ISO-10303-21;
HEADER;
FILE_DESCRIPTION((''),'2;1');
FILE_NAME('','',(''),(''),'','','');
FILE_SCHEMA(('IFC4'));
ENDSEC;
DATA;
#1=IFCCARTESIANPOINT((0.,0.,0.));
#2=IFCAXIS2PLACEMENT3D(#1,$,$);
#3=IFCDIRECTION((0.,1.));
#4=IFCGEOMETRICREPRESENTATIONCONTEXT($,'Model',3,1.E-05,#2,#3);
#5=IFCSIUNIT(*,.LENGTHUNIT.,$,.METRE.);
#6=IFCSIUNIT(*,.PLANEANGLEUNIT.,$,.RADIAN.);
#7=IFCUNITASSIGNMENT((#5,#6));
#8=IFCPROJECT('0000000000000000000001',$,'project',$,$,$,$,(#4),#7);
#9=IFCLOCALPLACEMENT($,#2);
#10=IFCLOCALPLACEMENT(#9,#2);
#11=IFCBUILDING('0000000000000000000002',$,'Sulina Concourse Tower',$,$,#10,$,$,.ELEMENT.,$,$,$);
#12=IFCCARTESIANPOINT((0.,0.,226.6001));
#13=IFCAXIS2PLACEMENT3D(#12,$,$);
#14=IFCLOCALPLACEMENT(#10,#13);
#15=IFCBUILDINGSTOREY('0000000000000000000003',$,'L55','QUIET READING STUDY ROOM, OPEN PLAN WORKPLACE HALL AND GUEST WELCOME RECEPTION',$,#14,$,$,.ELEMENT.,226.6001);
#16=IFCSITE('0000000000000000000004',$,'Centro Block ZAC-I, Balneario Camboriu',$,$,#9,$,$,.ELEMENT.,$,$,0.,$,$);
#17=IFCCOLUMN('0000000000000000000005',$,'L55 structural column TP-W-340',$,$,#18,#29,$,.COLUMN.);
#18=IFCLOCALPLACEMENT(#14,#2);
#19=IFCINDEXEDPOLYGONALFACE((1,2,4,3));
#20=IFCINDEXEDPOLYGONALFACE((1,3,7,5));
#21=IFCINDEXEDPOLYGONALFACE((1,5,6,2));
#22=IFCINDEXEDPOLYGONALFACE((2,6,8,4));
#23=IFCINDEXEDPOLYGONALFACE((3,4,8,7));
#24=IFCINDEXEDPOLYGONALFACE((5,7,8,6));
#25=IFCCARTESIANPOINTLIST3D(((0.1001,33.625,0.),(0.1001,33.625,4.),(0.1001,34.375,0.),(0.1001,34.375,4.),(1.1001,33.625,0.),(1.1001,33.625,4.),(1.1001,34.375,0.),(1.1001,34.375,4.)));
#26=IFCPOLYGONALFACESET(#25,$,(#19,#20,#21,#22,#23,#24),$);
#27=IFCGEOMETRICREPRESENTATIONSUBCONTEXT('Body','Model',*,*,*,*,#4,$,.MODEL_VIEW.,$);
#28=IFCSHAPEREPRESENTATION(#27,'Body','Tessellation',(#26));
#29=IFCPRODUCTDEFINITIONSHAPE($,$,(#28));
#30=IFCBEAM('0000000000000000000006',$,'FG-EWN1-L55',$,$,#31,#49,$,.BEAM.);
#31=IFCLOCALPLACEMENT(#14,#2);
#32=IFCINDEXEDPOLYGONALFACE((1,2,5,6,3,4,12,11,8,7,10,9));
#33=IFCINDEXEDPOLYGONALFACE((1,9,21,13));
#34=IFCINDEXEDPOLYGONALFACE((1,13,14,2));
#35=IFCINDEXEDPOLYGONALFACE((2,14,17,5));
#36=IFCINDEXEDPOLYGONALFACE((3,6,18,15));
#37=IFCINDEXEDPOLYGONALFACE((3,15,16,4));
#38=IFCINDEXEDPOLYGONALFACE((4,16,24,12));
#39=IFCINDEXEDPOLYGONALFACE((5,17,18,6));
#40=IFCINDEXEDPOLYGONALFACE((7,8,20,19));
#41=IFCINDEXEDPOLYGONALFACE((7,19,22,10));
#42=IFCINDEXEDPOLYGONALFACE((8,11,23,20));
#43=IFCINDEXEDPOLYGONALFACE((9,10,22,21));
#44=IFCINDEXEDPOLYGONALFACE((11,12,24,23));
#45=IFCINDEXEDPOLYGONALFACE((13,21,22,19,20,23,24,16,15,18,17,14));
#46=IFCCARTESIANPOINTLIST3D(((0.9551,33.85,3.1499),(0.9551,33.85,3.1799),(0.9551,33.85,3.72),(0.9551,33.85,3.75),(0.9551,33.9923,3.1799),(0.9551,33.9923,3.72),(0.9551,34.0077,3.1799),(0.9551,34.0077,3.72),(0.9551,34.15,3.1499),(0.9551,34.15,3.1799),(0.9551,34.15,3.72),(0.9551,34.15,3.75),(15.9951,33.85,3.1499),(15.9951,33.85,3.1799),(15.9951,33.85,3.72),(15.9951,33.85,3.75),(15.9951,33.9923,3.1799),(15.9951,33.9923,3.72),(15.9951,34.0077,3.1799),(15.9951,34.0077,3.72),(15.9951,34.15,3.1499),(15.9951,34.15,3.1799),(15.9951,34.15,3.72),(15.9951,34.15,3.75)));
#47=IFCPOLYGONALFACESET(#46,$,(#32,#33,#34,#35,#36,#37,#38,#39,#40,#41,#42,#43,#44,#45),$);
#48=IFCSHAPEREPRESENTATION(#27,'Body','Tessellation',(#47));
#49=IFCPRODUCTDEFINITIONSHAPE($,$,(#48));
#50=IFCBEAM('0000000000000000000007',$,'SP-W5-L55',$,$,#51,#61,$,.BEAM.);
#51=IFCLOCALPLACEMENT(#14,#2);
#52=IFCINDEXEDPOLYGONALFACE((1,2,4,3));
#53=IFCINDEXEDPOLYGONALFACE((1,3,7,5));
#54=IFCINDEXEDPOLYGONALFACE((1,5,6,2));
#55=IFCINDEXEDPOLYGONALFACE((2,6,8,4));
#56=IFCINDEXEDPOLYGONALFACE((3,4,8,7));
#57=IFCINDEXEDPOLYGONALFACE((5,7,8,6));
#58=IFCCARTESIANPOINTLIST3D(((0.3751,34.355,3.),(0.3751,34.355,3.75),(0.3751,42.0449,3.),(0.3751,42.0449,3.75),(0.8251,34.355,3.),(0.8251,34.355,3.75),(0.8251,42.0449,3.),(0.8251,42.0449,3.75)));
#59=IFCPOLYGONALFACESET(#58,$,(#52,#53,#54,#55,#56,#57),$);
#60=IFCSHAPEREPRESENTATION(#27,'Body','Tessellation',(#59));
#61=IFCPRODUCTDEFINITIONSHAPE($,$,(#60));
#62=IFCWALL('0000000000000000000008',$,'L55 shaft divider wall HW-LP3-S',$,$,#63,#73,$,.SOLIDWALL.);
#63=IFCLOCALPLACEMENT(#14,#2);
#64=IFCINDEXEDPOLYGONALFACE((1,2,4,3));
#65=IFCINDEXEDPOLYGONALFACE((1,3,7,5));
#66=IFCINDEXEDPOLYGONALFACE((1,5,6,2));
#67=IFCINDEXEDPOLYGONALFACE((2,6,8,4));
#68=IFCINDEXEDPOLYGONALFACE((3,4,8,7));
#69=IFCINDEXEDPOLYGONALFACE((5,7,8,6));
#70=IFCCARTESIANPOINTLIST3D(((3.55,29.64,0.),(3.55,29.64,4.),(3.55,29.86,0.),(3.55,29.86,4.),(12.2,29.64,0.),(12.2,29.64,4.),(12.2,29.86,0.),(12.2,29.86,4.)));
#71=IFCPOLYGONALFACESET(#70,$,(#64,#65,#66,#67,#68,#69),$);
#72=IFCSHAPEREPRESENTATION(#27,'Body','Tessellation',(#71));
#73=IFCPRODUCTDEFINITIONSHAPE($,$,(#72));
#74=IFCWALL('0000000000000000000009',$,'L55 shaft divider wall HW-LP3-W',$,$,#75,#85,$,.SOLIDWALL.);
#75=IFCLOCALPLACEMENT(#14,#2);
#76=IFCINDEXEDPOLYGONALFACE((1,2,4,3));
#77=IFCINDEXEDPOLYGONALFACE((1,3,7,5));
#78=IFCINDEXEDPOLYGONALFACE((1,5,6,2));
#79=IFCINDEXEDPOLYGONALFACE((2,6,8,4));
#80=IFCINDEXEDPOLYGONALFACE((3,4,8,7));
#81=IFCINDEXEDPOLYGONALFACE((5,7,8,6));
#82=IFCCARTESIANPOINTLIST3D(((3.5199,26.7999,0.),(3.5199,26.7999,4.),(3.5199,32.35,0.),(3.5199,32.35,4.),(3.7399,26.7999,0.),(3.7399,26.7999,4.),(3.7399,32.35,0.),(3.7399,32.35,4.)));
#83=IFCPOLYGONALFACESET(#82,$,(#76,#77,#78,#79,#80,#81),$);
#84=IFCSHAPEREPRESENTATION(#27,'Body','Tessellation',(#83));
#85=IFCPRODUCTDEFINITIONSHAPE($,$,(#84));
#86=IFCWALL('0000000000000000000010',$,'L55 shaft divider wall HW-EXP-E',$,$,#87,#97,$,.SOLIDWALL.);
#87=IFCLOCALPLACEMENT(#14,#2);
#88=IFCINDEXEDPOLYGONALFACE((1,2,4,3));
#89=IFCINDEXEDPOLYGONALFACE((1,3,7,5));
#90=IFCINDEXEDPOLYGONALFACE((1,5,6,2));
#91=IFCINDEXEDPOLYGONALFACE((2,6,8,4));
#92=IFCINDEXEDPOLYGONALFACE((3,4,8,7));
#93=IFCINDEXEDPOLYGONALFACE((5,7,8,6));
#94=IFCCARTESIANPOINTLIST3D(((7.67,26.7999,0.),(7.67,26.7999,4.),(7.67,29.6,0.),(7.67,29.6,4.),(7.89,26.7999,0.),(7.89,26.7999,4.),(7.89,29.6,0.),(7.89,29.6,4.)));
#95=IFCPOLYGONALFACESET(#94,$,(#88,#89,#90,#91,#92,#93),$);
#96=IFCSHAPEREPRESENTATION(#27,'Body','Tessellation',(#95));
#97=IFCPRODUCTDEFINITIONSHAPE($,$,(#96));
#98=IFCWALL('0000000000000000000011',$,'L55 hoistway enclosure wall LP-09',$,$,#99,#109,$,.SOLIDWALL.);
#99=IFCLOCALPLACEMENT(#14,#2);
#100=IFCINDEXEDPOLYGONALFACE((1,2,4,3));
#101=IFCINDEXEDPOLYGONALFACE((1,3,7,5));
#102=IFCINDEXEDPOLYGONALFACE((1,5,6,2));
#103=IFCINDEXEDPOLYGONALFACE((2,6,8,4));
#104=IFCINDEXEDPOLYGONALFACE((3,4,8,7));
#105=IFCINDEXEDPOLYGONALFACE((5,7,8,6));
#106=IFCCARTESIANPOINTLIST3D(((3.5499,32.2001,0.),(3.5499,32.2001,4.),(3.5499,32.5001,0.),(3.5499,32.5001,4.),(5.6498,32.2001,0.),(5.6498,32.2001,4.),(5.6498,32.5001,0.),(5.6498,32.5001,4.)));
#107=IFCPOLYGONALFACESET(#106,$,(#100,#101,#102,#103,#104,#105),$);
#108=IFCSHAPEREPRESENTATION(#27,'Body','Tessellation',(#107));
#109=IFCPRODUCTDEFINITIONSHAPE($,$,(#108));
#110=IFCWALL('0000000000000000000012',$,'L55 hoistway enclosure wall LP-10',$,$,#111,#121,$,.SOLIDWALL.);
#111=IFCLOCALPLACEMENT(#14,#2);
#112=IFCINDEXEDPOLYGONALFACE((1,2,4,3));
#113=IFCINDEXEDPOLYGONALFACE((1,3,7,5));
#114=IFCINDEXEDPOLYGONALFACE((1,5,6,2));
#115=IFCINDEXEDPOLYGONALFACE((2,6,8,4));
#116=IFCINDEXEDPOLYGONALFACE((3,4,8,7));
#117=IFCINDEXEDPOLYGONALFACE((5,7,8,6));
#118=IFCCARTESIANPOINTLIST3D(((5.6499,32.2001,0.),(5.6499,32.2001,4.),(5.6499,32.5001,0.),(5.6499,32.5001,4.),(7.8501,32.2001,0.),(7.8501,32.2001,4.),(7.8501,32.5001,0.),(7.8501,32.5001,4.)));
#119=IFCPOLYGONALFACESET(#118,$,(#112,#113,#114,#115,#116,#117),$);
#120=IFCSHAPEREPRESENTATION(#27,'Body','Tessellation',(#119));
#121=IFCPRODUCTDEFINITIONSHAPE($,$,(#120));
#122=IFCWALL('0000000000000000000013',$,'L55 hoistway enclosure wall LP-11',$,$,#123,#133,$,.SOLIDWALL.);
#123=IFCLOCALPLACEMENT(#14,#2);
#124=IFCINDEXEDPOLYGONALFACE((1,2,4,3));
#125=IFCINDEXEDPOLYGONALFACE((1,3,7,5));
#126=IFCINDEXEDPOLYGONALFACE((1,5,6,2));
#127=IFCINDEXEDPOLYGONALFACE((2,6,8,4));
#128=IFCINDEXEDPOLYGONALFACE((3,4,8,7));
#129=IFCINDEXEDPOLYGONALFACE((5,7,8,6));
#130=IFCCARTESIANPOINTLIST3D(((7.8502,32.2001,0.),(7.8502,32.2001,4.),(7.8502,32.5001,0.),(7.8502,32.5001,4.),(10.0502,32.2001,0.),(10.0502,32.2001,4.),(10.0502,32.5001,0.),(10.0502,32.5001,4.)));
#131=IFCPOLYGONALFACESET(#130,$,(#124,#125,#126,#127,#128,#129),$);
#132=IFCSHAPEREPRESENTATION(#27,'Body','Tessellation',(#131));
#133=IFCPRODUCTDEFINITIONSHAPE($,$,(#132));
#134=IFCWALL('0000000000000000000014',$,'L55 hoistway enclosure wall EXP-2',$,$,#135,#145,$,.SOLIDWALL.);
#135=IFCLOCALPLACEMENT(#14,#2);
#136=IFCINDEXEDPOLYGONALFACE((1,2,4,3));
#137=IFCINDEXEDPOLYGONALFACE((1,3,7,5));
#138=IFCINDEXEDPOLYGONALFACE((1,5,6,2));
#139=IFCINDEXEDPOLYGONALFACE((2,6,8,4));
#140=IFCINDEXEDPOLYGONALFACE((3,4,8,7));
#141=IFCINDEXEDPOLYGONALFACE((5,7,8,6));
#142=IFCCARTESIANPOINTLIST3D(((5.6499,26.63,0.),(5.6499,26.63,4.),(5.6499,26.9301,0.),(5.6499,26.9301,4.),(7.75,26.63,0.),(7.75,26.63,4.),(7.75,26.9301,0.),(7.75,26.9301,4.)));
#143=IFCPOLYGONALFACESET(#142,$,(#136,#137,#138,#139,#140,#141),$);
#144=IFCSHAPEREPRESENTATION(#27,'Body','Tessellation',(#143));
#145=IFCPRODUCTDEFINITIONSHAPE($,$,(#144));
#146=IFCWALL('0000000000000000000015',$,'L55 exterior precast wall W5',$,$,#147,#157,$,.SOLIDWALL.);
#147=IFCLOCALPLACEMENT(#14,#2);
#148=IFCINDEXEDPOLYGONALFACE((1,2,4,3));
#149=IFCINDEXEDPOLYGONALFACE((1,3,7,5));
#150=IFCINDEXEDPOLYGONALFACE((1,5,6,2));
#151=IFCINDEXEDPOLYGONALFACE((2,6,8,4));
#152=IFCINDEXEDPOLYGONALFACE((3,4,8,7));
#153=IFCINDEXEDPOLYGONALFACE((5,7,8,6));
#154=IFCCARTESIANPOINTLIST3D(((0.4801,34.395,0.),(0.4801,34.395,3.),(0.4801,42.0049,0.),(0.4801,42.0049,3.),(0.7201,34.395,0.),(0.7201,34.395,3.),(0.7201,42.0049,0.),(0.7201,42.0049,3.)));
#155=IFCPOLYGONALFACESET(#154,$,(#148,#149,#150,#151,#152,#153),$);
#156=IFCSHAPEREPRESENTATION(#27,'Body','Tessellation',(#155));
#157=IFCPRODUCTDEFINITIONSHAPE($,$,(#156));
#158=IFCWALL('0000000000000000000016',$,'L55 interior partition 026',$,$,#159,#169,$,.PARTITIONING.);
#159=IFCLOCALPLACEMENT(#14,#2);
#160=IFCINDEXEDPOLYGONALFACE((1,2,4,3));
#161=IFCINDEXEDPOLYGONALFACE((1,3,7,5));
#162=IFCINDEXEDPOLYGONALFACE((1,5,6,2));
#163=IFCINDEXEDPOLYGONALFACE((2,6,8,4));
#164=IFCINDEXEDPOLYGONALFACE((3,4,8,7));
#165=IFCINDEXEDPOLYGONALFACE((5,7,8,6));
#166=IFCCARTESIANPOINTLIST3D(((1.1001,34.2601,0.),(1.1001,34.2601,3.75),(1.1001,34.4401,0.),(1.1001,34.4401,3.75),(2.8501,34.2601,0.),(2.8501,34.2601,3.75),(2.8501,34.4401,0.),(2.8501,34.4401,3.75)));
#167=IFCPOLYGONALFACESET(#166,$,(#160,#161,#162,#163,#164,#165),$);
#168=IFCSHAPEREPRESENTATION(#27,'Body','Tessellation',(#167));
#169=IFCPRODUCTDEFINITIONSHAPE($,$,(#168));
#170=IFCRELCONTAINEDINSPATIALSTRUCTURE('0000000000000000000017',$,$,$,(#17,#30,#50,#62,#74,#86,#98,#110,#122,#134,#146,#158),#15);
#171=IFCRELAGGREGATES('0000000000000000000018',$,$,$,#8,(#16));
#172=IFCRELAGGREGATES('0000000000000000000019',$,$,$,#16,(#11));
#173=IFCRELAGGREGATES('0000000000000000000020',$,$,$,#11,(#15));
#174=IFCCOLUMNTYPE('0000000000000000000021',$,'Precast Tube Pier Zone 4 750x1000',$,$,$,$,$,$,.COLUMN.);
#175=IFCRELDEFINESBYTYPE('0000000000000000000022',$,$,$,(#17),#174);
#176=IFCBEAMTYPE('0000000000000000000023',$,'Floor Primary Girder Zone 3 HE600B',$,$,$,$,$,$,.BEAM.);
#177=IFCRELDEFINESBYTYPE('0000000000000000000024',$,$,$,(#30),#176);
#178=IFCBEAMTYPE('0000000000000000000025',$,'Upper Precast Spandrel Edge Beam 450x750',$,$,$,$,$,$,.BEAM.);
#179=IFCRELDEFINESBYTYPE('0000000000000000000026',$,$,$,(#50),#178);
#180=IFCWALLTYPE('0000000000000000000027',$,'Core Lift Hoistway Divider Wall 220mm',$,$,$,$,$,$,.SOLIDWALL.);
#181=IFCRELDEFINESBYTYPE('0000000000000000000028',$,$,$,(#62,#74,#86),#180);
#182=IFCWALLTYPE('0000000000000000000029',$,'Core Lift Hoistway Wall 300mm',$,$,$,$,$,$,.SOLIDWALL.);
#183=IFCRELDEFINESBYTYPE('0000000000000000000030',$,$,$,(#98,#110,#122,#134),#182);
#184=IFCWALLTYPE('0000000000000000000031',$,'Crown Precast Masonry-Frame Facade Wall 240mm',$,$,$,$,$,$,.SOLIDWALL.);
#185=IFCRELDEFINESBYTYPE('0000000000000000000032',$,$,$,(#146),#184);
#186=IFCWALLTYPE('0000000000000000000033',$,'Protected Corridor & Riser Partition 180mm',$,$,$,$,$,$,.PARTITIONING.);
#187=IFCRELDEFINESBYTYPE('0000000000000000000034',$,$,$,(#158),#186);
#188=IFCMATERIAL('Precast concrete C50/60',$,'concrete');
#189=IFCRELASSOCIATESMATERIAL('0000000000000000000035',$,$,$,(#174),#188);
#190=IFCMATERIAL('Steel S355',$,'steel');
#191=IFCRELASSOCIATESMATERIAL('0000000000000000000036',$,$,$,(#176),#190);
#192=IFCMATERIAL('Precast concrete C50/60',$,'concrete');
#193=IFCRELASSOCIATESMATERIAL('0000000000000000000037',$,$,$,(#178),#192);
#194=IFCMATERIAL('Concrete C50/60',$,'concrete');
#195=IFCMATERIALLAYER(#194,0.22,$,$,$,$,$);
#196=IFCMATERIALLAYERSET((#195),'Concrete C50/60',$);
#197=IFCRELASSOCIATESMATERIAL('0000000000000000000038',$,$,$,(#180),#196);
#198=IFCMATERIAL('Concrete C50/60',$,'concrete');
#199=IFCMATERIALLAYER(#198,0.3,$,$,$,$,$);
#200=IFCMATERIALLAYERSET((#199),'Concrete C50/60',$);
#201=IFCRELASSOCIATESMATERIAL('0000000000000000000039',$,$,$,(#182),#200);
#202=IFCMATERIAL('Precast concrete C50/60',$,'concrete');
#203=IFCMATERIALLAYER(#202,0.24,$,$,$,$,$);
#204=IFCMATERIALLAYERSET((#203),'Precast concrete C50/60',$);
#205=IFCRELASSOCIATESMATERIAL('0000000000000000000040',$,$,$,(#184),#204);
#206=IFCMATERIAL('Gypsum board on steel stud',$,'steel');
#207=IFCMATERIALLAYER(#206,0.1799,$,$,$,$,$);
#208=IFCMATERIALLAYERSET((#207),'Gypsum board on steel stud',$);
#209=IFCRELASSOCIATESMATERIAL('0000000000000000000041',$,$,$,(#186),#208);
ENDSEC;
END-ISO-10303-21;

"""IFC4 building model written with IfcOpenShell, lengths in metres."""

from ifc_helpers import new_model, si_unit, direction, frame, frame_2d, origin, origin_2d, place, context, subcontext, project, spatial, rectangle, i_section, extrude, material, layer, layer_set, material_profile, profile_set, type_object, element, save


model = new_model("IFC4")

# Units and contexts
model_context = context("Model", 3, precision=1e-05, world=origin(), true_north=direction((0.0, 1.0)))
body_context = subcontext(model_context, "Body", "Model", "MODEL_VIEW")
ifc_project = project(units=[si_unit("LENGTHUNIT", "METRE"), si_unit("PLANEANGLEUNIT", "RADIAN")], contexts=[model_context])

# Site, building, storey
site_placement = place(None, origin())
site = spatial("IfcSite", under=ifc_project, at=site_placement, Name="Centro Block ZAC-I, Balneario Camboriu", CompositionType="ELEMENT", RefElevation=0.0)
building_placement = place(site_placement, origin())
building = spatial("IfcBuilding", under=site, at=building_placement, Name="Sulina Concourse Tower", CompositionType="ELEMENT")
storey_placement = place(building_placement, frame((0.0, 0.0, 226.6001)))
storey = spatial("IfcBuildingStorey", under=building, at=storey_placement, Name="L55", Description="QUIET READING STUDY ROOM, OPEN PLAN WORKPLACE HALL AND GUEST WELCOME RECEPTION", CompositionType="ELEMENT", Elevation=226.6001)

# Column
ifc_material_1 = material(Name="Precast concrete C50/60", Category="concrete")
ifc_material_profile_1 = material_profile(ifc_material_1, rectangle(XDim=0.75, YDim=1.0, at=origin_2d()), Name="PC 750x1000")
ifc_profile_set_1 = profile_set([ifc_material_profile_1], Name="Precast concrete C50/60")
column_type = type_object("IfcColumnType", Name="Precast Tube Pier Zone 4 750x1000", PredefinedType="COLUMN", material=ifc_profile_set_1)
column_placement = place(storey_placement, frame((0.6001, 34.0, 0.0), z_axis=(0.0, 0.0, 1.0), x_axis=(0.0, 1.0, 0.0)))
element("IfcColumn", 1, at=column_placement, inside=storey, type_object=column_type, Name="L55 structural column TP-W-340", PredefinedType="COLUMN", context=body_context, shape_type="SweptSolid", body=[
    extrude(rectangle(XDim=0.75, YDim=1.0, at=origin_2d()), origin(), (0.0, 0.0, 1.0), 4.0),
])

# Beams
ifc_material_2 = material(Name="Steel S355", Category="steel")
ifc_material_profile_2 = material_profile(ifc_material_2, i_section(OverallWidth=0.3, OverallDepth=0.6001, WebThickness=0.0154, FlangeThickness=0.03, at=origin_2d()), Name="HE 600 B")
ifc_profile_set_2 = profile_set([ifc_material_profile_2], Name="Steel S355")
beam_type_1 = type_object("IfcBeamType", Name="Floor Primary Girder Zone 3 HE600B", PredefinedType="BEAM", material=ifc_profile_set_2)
beam_1_placement = place(storey_placement, frame((0.9551, 34.0, 3.45), z_axis=(1.0, 0.0, 0.0), x_axis=(0.0, 1.0, 0.0)))
element("IfcBeam", 2, at=beam_1_placement, inside=storey, type_object=beam_type_1, Name="FG-EWN1-L55", PredefinedType="BEAM", context=body_context, shape_type="SweptSolid", body=[
    extrude(i_section(OverallWidth=0.3, OverallDepth=0.6001, WebThickness=0.0154, FlangeThickness=0.03, at=origin_2d()), origin(), (0.0, 0.0, 1.0), 15.04),
])
ifc_material_3 = material(Name="Precast concrete C50/60", Category="concrete")
ifc_material_profile_3 = material_profile(ifc_material_3, rectangle(XDim=0.45, YDim=0.75, at=origin_2d()), Name="RC 450x750")
ifc_profile_set_3 = profile_set([ifc_material_profile_3], Name="Precast concrete C50/60")
beam_type_2 = type_object("IfcBeamType", Name="Upper Precast Spandrel Edge Beam 450x750", PredefinedType="BEAM", material=ifc_profile_set_3)
beam_2_placement = place(storey_placement, frame((0.6001, 34.355, 3.375), z_axis=(0.0, 1.0, 0.0), x_axis=(-1.0, 0.0, 0.0)))
element("IfcBeam", 3, at=beam_2_placement, inside=storey, type_object=beam_type_2, Name="SP-W5-L55", PredefinedType="BEAM", context=body_context, shape_type="SweptSolid", body=[
    extrude(rectangle(XDim=0.45, YDim=0.75, at=origin_2d()), origin(), (0.0, 0.0, 1.0), 7.6899),
])

# Walls
ifc_material_4 = material(Name="Concrete C50/60", Category="concrete")
ifc_layer_1 = layer(ifc_material_4, 0.22)
ifc_layer_set_1 = layer_set([ifc_layer_1], Name="Concrete C50/60")
wall_type_1 = type_object("IfcWallType", Name="Core Lift Hoistway Divider Wall 220mm", PredefinedType="SOLIDWALL", material=ifc_layer_set_1)
wall_1_placement = place(storey_placement, frame((3.55, 29.75, 0.0), z_axis=(0.0, 0.0, 1.0), x_axis=(1.0, 0.0, 0.0)))
element("IfcWall", 4, at=wall_1_placement, inside=storey, type_object=wall_type_1, Name="L55 shaft divider wall HW-LP3-S", PredefinedType="SOLIDWALL", context=body_context, shape_type="SweptSolid", body=[
    extrude(rectangle(XDim=8.6499, YDim=0.22, at=frame_2d((4.325, 0.0))), origin(), (0.0, 0.0, 1.0), 4.0),
])
wall_2_placement = place(storey_placement, frame((3.6299, 26.8, 0.0), z_axis=(0.0, 0.0, 1.0), x_axis=(0.0, 1.0, 0.0)))
element("IfcWall", 5, at=wall_2_placement, inside=storey, type_object=wall_type_1, Name="L55 shaft divider wall HW-LP3-W", PredefinedType="SOLIDWALL", context=body_context, shape_type="SweptSolid", body=[
    extrude(rectangle(XDim=5.55, YDim=0.22, at=frame_2d((2.7749, 0.0))), origin(), (0.0, 0.0, 1.0), 4.0),
])
wall_3_placement = place(storey_placement, frame((7.78, 26.8, 0.0), z_axis=(0.0, 0.0, 1.0), x_axis=(0.0, 1.0, 0.0)))
element("IfcWall", 6, at=wall_3_placement, inside=storey, type_object=wall_type_1, Name="L55 shaft divider wall HW-EXP-E", PredefinedType="SOLIDWALL", context=body_context, shape_type="SweptSolid", body=[
    extrude(rectangle(XDim=2.8, YDim=0.22, at=frame_2d((1.3999, 0.0))), origin(), (0.0, 0.0, 1.0), 4.0),
])
ifc_material_5 = material(Name="Concrete C50/60", Category="concrete")
ifc_layer_2 = layer(ifc_material_5, 0.3)
ifc_layer_set_2 = layer_set([ifc_layer_2], Name="Concrete C50/60")
wall_type_2 = type_object("IfcWallType", Name="Core Lift Hoistway Wall 300mm", PredefinedType="SOLIDWALL", material=ifc_layer_set_2)
wall_4_placement = place(storey_placement, frame((3.55, 32.3501, 0.0), z_axis=(0.0, 0.0, 1.0), x_axis=(1.0, 0.0, 0.0)))
element("IfcWall", 7, at=wall_4_placement, inside=storey, type_object=wall_type_2, Name="L55 hoistway enclosure wall LP-09", PredefinedType="SOLIDWALL", context=body_context, shape_type="SweptSolid", body=[
    extrude(rectangle(XDim=2.0999, YDim=0.3, at=frame_2d((1.0498, 0.0))), origin(), (0.0, 0.0, 1.0), 4.0),
])
wall_5_placement = place(storey_placement, frame((5.6499, 32.3501, 0.0), z_axis=(0.0, 0.0, 1.0), x_axis=(1.0, 0.0, 0.0)))
element("IfcWall", 8, at=wall_5_placement, inside=storey, type_object=wall_type_2, Name="L55 hoistway enclosure wall LP-10", PredefinedType="SOLIDWALL", context=body_context, shape_type="SweptSolid", body=[
    extrude(rectangle(XDim=2.2002, YDim=0.3, at=frame_2d((1.1001, 0.0))), origin(), (0.0, 0.0, 1.0), 4.0),
])
wall_6_placement = place(storey_placement, frame((7.8501, 32.3501, 0.0), z_axis=(0.0, 0.0, 1.0), x_axis=(1.0, 0.0, 0.0)))
element("IfcWall", 9, at=wall_6_placement, inside=storey, type_object=wall_type_2, Name="L55 hoistway enclosure wall LP-11", PredefinedType="SOLIDWALL", context=body_context, shape_type="SweptSolid", body=[
    extrude(rectangle(XDim=2.2, YDim=0.3, at=frame_2d((1.1001, 0.0))), origin(), (0.0, 0.0, 1.0), 4.0),
])
wall_7_placement = place(storey_placement, frame((7.75, 26.78, 0.0), z_axis=(0.0, 0.0, 1.0), x_axis=(-1.0, 0.0, 0.0)))
element("IfcWall", 10, at=wall_7_placement, inside=storey, type_object=wall_type_2, Name="L55 hoistway enclosure wall EXP-2", PredefinedType="SOLIDWALL", context=body_context, shape_type="SweptSolid", body=[
    extrude(rectangle(XDim=2.1001, YDim=0.3, at=frame_2d((1.05, 0.0))), origin(), (0.0, 0.0, 1.0), 4.0),
])
ifc_material_6 = material(Name="Precast concrete C50/60", Category="concrete")
ifc_layer_3 = layer(ifc_material_6, 0.24)
ifc_layer_set_3 = layer_set([ifc_layer_3], Name="Precast concrete C50/60")
wall_type_3 = type_object("IfcWallType", Name="Crown Precast Masonry-Frame Facade Wall 240mm", PredefinedType="SOLIDWALL", material=ifc_layer_set_3)
wall_8_placement = place(storey_placement, frame((0.6001, 34.395, 0.0), z_axis=(0.0, 0.0, 1.0), x_axis=(0.0, 1.0, 0.0)))
element("IfcWall", 11, at=wall_8_placement, inside=storey, type_object=wall_type_3, Name="L55 exterior precast wall W5", PredefinedType="SOLIDWALL", context=body_context, shape_type="SweptSolid", body=[
    extrude(rectangle(XDim=7.6099, YDim=0.24, at=frame_2d((3.8049, 0.0))), origin(), (0.0, 0.0, 1.0), 3.0),
])
ifc_material_7 = material(Name="Gypsum board on steel stud", Category="steel")
ifc_layer_4 = layer(ifc_material_7, 0.1799)
ifc_layer_set_4 = layer_set([ifc_layer_4], Name="Gypsum board on steel stud")
wall_type_4 = type_object("IfcWallType", Name="Protected Corridor & Riser Partition 180mm", PredefinedType="PARTITIONING", material=ifc_layer_set_4)
wall_9_placement = place(storey_placement, frame((1.1001, 34.3501, 0.0), z_axis=(0.0, 0.0, 1.0), x_axis=(1.0, 0.0, 0.0)))
element("IfcWall", 12, at=wall_9_placement, inside=storey, type_object=wall_type_4, Name="L55 interior partition 026", PredefinedType="PARTITIONING", context=body_context, shape_type="SweptSolid", body=[
    extrude(rectangle(XDim=1.75, YDim=0.1799, at=frame_2d((0.875, 0.0))), origin(), (0.0, 0.0, 1.0), 3.75),
])

save(model, "model.ifc")
